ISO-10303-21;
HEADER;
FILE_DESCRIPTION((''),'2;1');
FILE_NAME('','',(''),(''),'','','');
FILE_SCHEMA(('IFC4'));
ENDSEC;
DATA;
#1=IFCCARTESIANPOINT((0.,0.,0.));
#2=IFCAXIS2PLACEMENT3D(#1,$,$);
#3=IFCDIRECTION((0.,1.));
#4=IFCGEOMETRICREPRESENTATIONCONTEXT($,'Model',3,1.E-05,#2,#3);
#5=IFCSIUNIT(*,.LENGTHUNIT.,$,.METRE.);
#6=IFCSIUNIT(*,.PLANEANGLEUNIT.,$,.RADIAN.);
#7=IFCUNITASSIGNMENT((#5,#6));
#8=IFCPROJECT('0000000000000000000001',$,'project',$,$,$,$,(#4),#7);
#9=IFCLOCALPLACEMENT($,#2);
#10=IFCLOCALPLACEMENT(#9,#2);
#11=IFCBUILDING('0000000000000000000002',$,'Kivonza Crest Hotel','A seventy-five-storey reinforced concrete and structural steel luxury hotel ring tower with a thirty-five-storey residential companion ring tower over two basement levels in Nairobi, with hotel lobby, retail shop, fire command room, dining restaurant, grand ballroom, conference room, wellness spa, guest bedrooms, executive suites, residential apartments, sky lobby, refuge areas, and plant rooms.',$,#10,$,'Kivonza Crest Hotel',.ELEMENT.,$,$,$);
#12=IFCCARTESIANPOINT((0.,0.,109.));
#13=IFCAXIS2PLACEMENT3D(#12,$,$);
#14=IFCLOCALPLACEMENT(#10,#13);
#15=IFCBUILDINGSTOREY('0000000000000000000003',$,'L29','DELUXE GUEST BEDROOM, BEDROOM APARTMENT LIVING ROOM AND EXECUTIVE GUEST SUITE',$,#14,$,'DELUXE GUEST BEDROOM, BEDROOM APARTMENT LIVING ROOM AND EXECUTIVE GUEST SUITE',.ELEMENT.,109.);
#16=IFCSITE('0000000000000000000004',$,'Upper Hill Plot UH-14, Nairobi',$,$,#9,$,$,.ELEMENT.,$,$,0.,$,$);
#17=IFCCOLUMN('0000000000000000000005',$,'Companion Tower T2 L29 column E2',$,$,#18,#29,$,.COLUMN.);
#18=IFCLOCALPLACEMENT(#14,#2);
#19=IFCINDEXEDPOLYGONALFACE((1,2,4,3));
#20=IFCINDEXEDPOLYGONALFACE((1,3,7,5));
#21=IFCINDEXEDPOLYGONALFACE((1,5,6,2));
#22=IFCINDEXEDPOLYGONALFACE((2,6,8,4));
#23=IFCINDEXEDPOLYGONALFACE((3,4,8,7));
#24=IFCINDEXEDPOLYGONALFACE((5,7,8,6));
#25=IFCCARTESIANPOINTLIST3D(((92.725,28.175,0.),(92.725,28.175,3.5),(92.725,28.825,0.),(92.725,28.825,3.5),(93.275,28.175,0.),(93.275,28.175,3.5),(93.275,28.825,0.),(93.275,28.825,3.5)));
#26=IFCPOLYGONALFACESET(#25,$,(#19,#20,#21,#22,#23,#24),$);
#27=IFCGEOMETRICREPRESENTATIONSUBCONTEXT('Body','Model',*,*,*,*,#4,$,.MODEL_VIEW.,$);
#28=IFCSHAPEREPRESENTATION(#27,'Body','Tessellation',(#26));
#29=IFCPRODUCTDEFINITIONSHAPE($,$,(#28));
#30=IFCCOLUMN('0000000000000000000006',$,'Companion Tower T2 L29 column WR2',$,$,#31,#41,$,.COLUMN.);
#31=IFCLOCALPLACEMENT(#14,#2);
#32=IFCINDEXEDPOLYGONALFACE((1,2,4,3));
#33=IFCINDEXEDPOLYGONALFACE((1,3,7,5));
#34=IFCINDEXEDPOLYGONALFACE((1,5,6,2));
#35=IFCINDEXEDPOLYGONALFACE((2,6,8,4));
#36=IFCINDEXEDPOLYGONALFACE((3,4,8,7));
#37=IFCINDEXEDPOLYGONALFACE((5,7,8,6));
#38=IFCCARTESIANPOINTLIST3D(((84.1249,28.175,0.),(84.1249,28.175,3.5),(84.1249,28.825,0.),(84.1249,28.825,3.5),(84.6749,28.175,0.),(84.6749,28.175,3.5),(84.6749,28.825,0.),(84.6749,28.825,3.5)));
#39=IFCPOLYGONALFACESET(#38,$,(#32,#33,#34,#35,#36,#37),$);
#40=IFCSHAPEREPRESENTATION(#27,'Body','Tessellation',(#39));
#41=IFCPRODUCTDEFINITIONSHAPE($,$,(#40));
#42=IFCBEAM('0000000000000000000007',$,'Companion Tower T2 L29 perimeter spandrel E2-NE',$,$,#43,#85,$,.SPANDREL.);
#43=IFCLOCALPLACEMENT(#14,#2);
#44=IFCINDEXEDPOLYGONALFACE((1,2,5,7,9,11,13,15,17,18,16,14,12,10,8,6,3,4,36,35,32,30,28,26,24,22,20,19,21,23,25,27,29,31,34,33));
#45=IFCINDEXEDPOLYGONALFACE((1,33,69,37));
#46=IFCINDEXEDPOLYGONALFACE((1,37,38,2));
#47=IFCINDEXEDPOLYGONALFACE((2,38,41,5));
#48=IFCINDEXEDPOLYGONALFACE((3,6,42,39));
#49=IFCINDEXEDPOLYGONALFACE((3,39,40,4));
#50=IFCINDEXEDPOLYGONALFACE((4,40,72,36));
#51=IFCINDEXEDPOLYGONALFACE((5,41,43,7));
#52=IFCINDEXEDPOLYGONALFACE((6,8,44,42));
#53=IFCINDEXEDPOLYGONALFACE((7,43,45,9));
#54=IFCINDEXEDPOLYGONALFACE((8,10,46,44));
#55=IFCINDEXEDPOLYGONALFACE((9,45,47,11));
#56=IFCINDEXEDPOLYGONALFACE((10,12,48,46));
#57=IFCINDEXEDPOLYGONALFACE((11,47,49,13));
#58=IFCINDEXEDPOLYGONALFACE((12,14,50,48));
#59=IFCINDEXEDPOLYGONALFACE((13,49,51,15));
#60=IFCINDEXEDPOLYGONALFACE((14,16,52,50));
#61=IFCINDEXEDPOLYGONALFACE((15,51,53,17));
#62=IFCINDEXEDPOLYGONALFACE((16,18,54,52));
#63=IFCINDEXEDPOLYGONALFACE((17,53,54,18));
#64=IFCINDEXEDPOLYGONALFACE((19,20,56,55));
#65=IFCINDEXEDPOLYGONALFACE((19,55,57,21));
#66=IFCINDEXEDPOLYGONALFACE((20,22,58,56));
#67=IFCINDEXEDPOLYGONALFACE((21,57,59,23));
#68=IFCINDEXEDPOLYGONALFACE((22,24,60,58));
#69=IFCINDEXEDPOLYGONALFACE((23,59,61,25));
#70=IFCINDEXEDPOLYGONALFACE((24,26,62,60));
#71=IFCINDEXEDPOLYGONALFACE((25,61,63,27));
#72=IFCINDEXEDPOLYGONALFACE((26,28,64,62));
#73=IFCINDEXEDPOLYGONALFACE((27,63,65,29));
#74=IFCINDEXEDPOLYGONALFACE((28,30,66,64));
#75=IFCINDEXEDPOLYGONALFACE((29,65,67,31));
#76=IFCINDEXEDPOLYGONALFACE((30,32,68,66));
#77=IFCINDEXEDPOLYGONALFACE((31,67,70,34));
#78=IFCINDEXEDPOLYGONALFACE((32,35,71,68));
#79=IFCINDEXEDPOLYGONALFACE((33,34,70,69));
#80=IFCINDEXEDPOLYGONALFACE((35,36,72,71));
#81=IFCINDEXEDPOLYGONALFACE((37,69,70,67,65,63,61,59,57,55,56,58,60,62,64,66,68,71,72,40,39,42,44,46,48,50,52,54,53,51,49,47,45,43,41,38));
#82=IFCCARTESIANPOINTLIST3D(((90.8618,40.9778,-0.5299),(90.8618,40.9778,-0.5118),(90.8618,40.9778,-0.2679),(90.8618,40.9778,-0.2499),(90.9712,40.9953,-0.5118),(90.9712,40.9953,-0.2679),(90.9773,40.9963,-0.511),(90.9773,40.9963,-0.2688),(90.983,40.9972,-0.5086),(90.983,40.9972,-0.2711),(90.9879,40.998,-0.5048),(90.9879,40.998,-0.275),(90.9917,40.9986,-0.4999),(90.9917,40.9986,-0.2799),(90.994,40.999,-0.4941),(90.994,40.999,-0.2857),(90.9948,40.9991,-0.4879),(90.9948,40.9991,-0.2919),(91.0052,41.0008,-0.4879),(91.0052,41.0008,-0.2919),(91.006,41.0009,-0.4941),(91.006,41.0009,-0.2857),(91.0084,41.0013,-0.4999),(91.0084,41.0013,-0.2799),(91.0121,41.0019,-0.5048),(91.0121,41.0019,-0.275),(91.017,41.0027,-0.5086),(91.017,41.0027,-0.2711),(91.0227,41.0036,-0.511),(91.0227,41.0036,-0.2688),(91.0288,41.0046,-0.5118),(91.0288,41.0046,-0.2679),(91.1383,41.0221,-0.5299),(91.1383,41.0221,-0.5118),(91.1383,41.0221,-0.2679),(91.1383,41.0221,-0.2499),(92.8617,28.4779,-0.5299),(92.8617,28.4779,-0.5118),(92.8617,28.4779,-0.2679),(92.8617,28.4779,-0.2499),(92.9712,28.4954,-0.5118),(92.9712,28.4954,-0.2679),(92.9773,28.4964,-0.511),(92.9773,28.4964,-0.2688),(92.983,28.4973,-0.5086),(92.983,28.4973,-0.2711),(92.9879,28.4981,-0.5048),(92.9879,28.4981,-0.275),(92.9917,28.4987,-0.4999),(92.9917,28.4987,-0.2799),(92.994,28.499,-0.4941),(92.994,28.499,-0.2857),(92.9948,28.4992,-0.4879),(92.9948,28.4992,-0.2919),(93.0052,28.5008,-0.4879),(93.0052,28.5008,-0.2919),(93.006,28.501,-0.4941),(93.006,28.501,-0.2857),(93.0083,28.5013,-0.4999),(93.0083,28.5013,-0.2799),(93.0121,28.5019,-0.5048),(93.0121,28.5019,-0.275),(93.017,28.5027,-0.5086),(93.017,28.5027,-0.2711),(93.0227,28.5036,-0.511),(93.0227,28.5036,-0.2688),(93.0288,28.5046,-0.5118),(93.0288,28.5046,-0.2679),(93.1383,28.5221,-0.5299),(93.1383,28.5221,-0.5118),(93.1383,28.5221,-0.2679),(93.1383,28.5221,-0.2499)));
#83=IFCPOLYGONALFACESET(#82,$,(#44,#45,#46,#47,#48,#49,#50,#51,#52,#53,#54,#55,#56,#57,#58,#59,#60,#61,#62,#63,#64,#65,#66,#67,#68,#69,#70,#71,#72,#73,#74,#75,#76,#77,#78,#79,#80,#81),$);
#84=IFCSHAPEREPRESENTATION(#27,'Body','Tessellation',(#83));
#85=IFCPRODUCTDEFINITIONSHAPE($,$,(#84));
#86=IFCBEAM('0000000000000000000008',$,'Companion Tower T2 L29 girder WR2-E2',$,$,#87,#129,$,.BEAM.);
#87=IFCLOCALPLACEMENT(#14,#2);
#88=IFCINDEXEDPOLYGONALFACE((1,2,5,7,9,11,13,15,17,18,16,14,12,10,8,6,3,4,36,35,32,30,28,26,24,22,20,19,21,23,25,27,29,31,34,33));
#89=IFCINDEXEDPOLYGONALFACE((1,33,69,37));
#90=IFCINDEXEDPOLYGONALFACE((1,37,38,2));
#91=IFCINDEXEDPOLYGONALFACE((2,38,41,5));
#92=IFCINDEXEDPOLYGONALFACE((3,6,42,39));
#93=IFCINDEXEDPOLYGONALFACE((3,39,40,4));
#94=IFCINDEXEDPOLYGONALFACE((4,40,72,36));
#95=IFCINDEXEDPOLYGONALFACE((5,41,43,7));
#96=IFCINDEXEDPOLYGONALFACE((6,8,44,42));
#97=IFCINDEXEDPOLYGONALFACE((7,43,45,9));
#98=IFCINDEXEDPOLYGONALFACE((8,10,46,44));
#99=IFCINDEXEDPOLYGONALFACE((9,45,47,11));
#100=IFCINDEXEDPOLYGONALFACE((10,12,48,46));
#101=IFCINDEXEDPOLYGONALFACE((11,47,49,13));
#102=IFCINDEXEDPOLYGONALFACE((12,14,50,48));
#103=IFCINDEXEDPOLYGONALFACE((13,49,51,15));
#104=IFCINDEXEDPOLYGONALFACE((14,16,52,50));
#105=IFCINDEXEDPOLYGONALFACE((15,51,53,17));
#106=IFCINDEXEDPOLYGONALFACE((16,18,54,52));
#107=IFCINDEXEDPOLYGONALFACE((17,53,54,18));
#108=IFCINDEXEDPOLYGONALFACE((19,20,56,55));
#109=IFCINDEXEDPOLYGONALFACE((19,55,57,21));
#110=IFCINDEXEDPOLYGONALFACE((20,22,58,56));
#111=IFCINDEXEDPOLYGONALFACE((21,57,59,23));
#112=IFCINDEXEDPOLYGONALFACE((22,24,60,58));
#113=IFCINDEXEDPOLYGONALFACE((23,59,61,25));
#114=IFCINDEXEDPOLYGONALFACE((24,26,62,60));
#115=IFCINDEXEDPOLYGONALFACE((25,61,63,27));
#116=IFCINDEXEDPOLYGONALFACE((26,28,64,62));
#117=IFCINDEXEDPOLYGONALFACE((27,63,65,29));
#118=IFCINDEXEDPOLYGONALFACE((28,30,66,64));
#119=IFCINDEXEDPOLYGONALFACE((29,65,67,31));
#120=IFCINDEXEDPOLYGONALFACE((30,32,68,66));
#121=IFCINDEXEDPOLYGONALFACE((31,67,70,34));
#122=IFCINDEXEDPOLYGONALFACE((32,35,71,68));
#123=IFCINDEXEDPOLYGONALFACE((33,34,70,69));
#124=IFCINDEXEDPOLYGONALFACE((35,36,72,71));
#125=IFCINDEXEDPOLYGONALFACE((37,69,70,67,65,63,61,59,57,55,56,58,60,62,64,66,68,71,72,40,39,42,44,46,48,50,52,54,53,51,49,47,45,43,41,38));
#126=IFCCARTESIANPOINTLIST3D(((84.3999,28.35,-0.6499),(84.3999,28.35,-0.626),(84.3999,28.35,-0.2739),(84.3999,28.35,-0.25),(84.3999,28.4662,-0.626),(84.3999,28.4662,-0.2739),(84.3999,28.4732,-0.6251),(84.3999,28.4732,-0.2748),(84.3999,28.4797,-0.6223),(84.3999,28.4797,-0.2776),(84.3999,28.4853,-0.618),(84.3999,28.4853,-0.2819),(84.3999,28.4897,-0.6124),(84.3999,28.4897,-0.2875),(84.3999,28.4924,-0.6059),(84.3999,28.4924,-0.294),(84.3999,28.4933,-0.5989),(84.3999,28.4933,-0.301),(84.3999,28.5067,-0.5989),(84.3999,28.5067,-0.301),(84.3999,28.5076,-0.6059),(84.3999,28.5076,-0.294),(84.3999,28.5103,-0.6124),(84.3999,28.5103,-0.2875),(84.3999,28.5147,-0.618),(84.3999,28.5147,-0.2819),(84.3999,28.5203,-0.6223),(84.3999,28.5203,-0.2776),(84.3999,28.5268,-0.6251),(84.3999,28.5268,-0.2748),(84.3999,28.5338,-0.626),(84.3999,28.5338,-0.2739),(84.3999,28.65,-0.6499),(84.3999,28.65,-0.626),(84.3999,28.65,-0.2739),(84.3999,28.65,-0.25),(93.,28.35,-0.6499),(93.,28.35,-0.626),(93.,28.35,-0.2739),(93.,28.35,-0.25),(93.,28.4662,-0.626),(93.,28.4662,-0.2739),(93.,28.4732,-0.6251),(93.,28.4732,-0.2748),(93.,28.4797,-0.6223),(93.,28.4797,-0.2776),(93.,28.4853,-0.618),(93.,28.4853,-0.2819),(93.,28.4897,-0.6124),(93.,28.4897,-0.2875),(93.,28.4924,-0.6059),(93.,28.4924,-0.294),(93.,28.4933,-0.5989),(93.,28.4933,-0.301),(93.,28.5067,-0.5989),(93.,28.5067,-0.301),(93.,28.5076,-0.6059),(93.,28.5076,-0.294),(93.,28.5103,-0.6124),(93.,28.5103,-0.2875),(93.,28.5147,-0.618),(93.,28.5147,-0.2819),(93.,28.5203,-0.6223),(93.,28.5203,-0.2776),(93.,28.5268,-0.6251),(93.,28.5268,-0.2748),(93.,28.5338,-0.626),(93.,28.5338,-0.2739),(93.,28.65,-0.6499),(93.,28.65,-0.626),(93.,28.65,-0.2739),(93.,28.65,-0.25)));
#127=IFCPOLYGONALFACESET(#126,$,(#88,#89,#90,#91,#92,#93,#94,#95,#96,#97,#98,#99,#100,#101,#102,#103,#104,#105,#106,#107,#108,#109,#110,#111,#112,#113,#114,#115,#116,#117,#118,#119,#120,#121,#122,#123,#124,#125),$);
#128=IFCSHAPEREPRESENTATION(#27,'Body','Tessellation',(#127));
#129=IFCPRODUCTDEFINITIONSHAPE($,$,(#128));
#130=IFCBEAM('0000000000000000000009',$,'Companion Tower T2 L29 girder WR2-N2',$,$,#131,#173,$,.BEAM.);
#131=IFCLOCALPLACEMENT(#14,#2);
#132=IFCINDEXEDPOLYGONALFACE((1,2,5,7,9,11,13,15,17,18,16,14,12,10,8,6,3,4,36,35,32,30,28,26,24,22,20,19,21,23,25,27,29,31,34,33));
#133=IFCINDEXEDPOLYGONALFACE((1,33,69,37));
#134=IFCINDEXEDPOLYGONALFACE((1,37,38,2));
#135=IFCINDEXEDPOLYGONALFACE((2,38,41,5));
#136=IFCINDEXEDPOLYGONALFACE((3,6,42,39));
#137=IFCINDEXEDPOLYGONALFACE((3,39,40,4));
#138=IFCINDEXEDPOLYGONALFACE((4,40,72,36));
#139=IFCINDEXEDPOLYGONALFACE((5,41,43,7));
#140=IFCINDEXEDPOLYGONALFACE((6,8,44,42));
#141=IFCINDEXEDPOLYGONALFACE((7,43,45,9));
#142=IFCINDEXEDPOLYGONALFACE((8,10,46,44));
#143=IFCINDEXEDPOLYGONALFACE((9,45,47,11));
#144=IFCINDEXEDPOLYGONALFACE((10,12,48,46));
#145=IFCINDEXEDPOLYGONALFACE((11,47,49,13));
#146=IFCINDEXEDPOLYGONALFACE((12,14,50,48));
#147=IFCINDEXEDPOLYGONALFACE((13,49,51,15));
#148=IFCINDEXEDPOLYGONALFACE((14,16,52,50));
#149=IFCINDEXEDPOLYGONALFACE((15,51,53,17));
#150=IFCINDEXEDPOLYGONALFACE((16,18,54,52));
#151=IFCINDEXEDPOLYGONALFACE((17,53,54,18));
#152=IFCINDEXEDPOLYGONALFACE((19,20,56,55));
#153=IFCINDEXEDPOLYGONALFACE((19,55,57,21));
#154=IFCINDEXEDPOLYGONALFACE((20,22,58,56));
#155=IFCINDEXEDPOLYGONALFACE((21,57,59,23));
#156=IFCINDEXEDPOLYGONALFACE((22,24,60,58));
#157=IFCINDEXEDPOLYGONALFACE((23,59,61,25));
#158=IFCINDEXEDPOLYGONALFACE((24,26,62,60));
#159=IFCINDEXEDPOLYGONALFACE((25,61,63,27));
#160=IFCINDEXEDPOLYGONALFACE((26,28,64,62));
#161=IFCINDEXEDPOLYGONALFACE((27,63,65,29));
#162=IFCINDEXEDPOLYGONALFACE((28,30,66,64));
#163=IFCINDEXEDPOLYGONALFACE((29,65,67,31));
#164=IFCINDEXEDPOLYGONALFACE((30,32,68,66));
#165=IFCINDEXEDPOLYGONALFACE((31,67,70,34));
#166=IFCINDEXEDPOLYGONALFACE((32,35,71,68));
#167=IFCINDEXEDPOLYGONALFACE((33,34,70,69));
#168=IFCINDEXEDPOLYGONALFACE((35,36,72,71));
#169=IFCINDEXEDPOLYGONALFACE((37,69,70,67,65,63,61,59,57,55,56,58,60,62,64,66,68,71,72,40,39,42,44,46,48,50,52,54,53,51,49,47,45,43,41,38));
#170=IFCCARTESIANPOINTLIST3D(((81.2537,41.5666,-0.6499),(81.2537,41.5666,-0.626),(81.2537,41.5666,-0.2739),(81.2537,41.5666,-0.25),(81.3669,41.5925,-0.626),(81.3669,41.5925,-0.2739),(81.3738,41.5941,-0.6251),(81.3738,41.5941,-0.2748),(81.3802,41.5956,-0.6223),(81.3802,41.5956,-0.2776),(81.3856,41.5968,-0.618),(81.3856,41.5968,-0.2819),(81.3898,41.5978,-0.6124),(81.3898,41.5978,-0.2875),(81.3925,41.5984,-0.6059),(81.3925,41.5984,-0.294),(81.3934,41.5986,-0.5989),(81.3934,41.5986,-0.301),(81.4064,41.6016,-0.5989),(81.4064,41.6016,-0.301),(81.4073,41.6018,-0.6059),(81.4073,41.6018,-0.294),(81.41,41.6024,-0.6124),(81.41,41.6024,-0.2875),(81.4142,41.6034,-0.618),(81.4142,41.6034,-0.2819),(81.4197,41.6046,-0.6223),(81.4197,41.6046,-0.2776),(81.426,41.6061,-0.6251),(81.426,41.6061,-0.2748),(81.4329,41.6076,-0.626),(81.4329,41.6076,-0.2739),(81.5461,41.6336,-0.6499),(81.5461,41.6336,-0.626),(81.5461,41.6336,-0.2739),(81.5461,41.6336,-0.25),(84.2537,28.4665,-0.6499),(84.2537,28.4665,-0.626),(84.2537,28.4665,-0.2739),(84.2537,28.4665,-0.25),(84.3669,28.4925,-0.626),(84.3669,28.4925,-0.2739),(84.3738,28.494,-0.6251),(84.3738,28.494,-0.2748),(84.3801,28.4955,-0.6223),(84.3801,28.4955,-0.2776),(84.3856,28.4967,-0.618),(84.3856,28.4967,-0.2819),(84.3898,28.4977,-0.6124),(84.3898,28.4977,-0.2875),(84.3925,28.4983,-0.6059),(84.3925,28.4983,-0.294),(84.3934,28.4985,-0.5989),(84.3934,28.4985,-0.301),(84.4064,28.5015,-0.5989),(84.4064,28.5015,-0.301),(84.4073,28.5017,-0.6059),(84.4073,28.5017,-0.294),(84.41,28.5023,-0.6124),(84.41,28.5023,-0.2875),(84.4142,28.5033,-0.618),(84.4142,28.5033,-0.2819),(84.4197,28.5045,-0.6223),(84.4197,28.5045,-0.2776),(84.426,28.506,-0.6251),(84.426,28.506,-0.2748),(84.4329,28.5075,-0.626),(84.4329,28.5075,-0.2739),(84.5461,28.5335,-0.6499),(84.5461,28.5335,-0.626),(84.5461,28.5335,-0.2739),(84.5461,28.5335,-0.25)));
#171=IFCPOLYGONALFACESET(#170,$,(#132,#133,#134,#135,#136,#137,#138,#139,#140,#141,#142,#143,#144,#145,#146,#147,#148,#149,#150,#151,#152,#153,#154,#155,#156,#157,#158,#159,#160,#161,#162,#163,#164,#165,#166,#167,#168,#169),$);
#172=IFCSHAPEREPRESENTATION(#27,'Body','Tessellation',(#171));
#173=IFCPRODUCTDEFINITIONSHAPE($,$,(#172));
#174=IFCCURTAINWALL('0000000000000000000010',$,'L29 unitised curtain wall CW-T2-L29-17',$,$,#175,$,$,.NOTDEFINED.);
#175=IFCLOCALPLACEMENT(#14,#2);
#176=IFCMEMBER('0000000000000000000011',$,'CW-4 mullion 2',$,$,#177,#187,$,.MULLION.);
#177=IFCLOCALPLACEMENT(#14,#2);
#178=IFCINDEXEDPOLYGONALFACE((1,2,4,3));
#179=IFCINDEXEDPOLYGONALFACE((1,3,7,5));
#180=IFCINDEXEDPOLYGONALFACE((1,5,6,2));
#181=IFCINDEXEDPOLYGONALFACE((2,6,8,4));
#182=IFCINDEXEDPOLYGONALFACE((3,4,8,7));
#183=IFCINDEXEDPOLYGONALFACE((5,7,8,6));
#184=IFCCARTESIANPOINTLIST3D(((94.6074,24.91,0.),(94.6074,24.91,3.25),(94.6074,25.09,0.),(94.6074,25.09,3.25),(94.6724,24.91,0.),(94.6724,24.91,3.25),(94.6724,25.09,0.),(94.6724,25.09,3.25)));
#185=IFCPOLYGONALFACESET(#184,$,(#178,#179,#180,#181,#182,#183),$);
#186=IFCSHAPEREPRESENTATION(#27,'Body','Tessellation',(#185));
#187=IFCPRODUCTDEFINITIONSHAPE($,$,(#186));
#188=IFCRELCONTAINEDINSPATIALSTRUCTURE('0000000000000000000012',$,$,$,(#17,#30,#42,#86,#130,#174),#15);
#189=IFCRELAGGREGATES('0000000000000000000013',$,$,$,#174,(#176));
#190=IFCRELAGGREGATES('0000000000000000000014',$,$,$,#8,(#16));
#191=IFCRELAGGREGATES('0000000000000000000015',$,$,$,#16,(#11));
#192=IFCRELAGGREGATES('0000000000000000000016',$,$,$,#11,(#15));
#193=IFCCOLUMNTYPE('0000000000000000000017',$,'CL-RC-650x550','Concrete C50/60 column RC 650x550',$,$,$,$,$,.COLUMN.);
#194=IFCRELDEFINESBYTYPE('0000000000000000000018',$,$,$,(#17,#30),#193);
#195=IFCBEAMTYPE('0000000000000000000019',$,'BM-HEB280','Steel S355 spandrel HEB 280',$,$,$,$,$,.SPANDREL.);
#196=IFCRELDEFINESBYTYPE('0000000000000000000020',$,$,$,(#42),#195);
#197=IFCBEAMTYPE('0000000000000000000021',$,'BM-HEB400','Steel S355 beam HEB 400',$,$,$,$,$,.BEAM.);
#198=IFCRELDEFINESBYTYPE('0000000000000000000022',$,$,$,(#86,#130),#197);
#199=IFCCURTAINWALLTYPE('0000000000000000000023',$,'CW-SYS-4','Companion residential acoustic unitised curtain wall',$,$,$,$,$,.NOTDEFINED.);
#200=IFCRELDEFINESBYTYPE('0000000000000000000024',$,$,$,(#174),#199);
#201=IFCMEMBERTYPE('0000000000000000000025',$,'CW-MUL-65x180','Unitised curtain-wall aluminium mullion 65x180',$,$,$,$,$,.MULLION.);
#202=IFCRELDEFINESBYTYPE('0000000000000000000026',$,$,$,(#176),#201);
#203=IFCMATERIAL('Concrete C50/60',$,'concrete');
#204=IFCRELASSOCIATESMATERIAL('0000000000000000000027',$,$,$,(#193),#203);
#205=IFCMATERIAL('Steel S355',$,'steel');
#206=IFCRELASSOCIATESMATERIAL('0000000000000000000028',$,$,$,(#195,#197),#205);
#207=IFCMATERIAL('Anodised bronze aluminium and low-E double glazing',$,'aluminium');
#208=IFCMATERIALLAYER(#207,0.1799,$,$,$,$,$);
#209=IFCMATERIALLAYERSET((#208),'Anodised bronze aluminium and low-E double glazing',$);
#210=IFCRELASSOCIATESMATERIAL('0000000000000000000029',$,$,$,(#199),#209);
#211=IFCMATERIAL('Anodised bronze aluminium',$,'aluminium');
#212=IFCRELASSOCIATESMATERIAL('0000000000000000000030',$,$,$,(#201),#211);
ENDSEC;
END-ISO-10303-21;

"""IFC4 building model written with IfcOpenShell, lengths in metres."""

from ifc_helpers import new_model, si_unit, direction, frame, origin, origin_2d, place, context, subcontext, project, spatial, rectangle, i_section, extrude, material, layer, layer_set, material_profile, profile_set, type_object, element, aggregate, save


model = new_model("IFC4")

# Units and contexts
model_context = context("Model", 3, precision=1e-05, world=origin(), true_north=direction((0.0, 1.0)))
body_context = subcontext(model_context, "Body", "Model", "MODEL_VIEW")
ifc_project = project(units=[si_unit("LENGTHUNIT", "METRE"), si_unit("PLANEANGLEUNIT", "RADIAN")], contexts=[model_context])

# Site, building, storey
site_placement = place(None, origin())
site = spatial("IfcSite", under=ifc_project, at=site_placement, Name="Upper Hill Plot UH-14, Nairobi", CompositionType="ELEMENT", RefElevation=0.0)
building_placement = place(site_placement, origin())
building = spatial("IfcBuilding", under=site, at=building_placement, Name="Kivonza Crest Hotel", Description="A seventy-five-storey reinforced concrete and structural steel luxury hotel ring tower with a thirty-five-storey residential companion ring tower over two basement levels in Nairobi, with hotel lobby, retail shop, fire command room, dining restaurant, grand ballroom, conference room, wellness spa, guest bedrooms, executive suites, residential apartments, sky lobby, refuge areas, and plant rooms.", LongName="Kivonza Crest Hotel", CompositionType="ELEMENT")
storey_placement = place(building_placement, frame((0.0, 0.0, 109.0)))
storey = spatial("IfcBuildingStorey", under=building, at=storey_placement, Name="L29", Description="DELUXE GUEST BEDROOM, BEDROOM APARTMENT LIVING ROOM AND EXECUTIVE GUEST SUITE", LongName="DELUXE GUEST BEDROOM, BEDROOM APARTMENT LIVING ROOM AND EXECUTIVE GUEST SUITE", CompositionType="ELEMENT", Elevation=109.0)

# Columns
ifc_material_1 = material(Name="Concrete C50/60", Category="concrete")
ifc_material_profile_1 = material_profile(ifc_material_1, rectangle(XDim=0.55, YDim=0.6499, at=origin_2d()), Name="RC 650x550")
ifc_profile_set_1 = profile_set([ifc_material_profile_1], Name="Concrete C50/60")
column_type = type_object("IfcColumnType", Name="CL-RC-650x550", Description="Concrete C50/60 column RC 650x550", PredefinedType="COLUMN", material=ifc_profile_set_1)
for number, where, z_axis, x_axis, name in (
    (1, (93.0, 28.5, 0.0), (0.0, 0.0, 1.0), (1.0, 0.0, 0.0), "Companion Tower T2 L29 column E2"),
    (2, (84.3999, 28.5, 0.0), (0.0, 0.0, 1.0), (1.0, 0.0, 0.0), "Companion Tower T2 L29 column WR2"),
):
    element("IfcColumn", number, at=place(storey_placement, frame(where, z_axis=z_axis, x_axis=x_axis)), inside=storey, type_object=column_type, Name=name, PredefinedType="COLUMN", context=body_context, shape_type="SweptSolid", body=[
        extrude(rectangle(XDim=0.55, YDim=0.6499, at=origin_2d()), origin(), (0.0, 0.0, 1.0), 3.5),
    ])

# Beams
ifc_material_2 = material(Name="Steel S355", Category="steel")
ifc_material_profile_2 = material_profile(ifc_material_2, i_section(OverallWidth=0.28, OverallDepth=0.28, WebThickness=0.0105, FlangeThickness=0.0181, FilletRadius=0.0239, at=origin_2d()), Name="HEB 280")
ifc_profile_set_2 = profile_set([ifc_material_profile_2], Name="Steel S355")
beam_type_1 = type_object("IfcBeamType", Name="BM-HEB280", Description="Steel S355 spandrel HEB 280", PredefinedType="SPANDREL", material=ifc_profile_set_2)
beam_1_placement = place(storey_placement, frame((93.0, 28.5, -0.3899), z_axis=(-0.157991, 0.987441, 0.0), x_axis=(-0.987441, -0.157991, 0.0)))
element("IfcBeam", 3, at=beam_1_placement, inside=storey, type_object=beam_type_1, Name="Companion Tower T2 L29 perimeter spandrel E2-NE", PredefinedType="SPANDREL", context=body_context, shape_type="SweptSolid", body=[
    extrude(i_section(OverallWidth=0.28, OverallDepth=0.28, WebThickness=0.0105, FlangeThickness=0.0181, FilletRadius=0.0239, at=origin_2d()), origin(), (0.0, 0.0, 1.0), 12.6589),
])
ifc_material_profile_3 = material_profile(ifc_material_2, i_section(OverallWidth=0.3, OverallDepth=0.3999, WebThickness=0.0134, FlangeThickness=0.0239, FilletRadius=0.0271, at=origin_2d()), Name="HEB 400")
ifc_profile_set_3 = profile_set([ifc_material_profile_3], Name="Steel S355")
beam_type_2 = type_object("IfcBeamType", Name="BM-HEB400", Description="Steel S355 beam HEB 400", PredefinedType="BEAM", material=ifc_profile_set_3)
beam_2_placement = place(storey_placement, frame((84.3999, 28.5, -0.45), z_axis=(1.0, 0.0, 0.0), x_axis=(0.0, 1.0, 0.0)))
element("IfcBeam", 4, at=beam_2_placement, inside=storey, type_object=beam_type_2, Name="Companion Tower T2 L29 girder WR2-E2", PredefinedType="BEAM", context=body_context, shape_type="SweptSolid", body=[
    extrude(i_section(OverallWidth=0.3, OverallDepth=0.3999, WebThickness=0.0134, FlangeThickness=0.0239, FilletRadius=0.0271, at=origin_2d()), origin(), (0.0, 0.0, 1.0), 8.6001),
])
beam_3_placement = place(storey_placement, frame((84.3999, 28.5, -0.45), z_axis=(-0.223227, 0.974766, 0.0), x_axis=(-0.974766, -0.223227, 0.0)))
element("IfcBeam", 5, at=beam_3_placement, inside=storey, type_object=beam_type_2, Name="Companion Tower T2 L29 girder WR2-N2", PredefinedType="BEAM", context=body_context, shape_type="SweptSolid", body=[
    extrude(i_section(OverallWidth=0.3, OverallDepth=0.3999, WebThickness=0.0134, FlangeThickness=0.0239, FilletRadius=0.0271, at=origin_2d()), origin(), (0.0, 0.0, 1.0), 13.4392),
])

# Curtain wall, member
ifc_material_3 = material(Name="Anodised bronze aluminium and low-E double glazing", Category="aluminium")
ifc_layer_1 = layer(ifc_material_3, 0.1799)
ifc_layer_set_1 = layer_set([ifc_layer_1], Name="Anodised bronze aluminium and low-E double glazing")
curtain_wall_type_1 = type_object("IfcCurtainWallType", Name="CW-SYS-4", Description="Companion residential acoustic unitised curtain wall", PredefinedType="NOTDEFINED", material=ifc_layer_set_1)
curtain_wall_1_placement = place(storey_placement, origin())
curtain_wall_1 = element("IfcCurtainWall", 6, at=curtain_wall_1_placement, inside=storey, type_object=curtain_wall_type_1, Name="L29 unitised curtain wall CW-T2-L29-17", PredefinedType="NOTDEFINED")
ifc_material_4 = material(Name="Anodised bronze aluminium", Category="aluminium")
ifc_material_profile_4 = material_profile(ifc_material_4, rectangle(XDim=0.0649, YDim=0.1799, at=origin_2d()), Name="CW-M 65x180")
ifc_profile_set_4 = profile_set([ifc_material_profile_4], Name="Anodised bronze aluminium")
member_type_1 = type_object("IfcMemberType", Name="CW-MUL-65x180", Description="Unitised curtain-wall aluminium mullion 65x180", PredefinedType="MULLION", material=ifc_profile_set_4)
member_1_placement = place(storey_placement, frame((94.6399, 25.0, 0.0), z_axis=(0.0, 0.0, 1.0), x_axis=(-1.0, 0.0, 0.0)))
member_1 = element("IfcMember", 7, at=member_1_placement, type_object=member_type_1, Name="CW-4 mullion 2", PredefinedType="MULLION", context=body_context, shape_type="SweptSolid", body=[
    extrude(rectangle(XDim=0.0649, YDim=0.1799, at=origin_2d()), origin(), (0.0, 0.0, 1.0), 3.25),
])

aggregate(curtain_wall_1, [member_1])

save(model, "model.ifc")
